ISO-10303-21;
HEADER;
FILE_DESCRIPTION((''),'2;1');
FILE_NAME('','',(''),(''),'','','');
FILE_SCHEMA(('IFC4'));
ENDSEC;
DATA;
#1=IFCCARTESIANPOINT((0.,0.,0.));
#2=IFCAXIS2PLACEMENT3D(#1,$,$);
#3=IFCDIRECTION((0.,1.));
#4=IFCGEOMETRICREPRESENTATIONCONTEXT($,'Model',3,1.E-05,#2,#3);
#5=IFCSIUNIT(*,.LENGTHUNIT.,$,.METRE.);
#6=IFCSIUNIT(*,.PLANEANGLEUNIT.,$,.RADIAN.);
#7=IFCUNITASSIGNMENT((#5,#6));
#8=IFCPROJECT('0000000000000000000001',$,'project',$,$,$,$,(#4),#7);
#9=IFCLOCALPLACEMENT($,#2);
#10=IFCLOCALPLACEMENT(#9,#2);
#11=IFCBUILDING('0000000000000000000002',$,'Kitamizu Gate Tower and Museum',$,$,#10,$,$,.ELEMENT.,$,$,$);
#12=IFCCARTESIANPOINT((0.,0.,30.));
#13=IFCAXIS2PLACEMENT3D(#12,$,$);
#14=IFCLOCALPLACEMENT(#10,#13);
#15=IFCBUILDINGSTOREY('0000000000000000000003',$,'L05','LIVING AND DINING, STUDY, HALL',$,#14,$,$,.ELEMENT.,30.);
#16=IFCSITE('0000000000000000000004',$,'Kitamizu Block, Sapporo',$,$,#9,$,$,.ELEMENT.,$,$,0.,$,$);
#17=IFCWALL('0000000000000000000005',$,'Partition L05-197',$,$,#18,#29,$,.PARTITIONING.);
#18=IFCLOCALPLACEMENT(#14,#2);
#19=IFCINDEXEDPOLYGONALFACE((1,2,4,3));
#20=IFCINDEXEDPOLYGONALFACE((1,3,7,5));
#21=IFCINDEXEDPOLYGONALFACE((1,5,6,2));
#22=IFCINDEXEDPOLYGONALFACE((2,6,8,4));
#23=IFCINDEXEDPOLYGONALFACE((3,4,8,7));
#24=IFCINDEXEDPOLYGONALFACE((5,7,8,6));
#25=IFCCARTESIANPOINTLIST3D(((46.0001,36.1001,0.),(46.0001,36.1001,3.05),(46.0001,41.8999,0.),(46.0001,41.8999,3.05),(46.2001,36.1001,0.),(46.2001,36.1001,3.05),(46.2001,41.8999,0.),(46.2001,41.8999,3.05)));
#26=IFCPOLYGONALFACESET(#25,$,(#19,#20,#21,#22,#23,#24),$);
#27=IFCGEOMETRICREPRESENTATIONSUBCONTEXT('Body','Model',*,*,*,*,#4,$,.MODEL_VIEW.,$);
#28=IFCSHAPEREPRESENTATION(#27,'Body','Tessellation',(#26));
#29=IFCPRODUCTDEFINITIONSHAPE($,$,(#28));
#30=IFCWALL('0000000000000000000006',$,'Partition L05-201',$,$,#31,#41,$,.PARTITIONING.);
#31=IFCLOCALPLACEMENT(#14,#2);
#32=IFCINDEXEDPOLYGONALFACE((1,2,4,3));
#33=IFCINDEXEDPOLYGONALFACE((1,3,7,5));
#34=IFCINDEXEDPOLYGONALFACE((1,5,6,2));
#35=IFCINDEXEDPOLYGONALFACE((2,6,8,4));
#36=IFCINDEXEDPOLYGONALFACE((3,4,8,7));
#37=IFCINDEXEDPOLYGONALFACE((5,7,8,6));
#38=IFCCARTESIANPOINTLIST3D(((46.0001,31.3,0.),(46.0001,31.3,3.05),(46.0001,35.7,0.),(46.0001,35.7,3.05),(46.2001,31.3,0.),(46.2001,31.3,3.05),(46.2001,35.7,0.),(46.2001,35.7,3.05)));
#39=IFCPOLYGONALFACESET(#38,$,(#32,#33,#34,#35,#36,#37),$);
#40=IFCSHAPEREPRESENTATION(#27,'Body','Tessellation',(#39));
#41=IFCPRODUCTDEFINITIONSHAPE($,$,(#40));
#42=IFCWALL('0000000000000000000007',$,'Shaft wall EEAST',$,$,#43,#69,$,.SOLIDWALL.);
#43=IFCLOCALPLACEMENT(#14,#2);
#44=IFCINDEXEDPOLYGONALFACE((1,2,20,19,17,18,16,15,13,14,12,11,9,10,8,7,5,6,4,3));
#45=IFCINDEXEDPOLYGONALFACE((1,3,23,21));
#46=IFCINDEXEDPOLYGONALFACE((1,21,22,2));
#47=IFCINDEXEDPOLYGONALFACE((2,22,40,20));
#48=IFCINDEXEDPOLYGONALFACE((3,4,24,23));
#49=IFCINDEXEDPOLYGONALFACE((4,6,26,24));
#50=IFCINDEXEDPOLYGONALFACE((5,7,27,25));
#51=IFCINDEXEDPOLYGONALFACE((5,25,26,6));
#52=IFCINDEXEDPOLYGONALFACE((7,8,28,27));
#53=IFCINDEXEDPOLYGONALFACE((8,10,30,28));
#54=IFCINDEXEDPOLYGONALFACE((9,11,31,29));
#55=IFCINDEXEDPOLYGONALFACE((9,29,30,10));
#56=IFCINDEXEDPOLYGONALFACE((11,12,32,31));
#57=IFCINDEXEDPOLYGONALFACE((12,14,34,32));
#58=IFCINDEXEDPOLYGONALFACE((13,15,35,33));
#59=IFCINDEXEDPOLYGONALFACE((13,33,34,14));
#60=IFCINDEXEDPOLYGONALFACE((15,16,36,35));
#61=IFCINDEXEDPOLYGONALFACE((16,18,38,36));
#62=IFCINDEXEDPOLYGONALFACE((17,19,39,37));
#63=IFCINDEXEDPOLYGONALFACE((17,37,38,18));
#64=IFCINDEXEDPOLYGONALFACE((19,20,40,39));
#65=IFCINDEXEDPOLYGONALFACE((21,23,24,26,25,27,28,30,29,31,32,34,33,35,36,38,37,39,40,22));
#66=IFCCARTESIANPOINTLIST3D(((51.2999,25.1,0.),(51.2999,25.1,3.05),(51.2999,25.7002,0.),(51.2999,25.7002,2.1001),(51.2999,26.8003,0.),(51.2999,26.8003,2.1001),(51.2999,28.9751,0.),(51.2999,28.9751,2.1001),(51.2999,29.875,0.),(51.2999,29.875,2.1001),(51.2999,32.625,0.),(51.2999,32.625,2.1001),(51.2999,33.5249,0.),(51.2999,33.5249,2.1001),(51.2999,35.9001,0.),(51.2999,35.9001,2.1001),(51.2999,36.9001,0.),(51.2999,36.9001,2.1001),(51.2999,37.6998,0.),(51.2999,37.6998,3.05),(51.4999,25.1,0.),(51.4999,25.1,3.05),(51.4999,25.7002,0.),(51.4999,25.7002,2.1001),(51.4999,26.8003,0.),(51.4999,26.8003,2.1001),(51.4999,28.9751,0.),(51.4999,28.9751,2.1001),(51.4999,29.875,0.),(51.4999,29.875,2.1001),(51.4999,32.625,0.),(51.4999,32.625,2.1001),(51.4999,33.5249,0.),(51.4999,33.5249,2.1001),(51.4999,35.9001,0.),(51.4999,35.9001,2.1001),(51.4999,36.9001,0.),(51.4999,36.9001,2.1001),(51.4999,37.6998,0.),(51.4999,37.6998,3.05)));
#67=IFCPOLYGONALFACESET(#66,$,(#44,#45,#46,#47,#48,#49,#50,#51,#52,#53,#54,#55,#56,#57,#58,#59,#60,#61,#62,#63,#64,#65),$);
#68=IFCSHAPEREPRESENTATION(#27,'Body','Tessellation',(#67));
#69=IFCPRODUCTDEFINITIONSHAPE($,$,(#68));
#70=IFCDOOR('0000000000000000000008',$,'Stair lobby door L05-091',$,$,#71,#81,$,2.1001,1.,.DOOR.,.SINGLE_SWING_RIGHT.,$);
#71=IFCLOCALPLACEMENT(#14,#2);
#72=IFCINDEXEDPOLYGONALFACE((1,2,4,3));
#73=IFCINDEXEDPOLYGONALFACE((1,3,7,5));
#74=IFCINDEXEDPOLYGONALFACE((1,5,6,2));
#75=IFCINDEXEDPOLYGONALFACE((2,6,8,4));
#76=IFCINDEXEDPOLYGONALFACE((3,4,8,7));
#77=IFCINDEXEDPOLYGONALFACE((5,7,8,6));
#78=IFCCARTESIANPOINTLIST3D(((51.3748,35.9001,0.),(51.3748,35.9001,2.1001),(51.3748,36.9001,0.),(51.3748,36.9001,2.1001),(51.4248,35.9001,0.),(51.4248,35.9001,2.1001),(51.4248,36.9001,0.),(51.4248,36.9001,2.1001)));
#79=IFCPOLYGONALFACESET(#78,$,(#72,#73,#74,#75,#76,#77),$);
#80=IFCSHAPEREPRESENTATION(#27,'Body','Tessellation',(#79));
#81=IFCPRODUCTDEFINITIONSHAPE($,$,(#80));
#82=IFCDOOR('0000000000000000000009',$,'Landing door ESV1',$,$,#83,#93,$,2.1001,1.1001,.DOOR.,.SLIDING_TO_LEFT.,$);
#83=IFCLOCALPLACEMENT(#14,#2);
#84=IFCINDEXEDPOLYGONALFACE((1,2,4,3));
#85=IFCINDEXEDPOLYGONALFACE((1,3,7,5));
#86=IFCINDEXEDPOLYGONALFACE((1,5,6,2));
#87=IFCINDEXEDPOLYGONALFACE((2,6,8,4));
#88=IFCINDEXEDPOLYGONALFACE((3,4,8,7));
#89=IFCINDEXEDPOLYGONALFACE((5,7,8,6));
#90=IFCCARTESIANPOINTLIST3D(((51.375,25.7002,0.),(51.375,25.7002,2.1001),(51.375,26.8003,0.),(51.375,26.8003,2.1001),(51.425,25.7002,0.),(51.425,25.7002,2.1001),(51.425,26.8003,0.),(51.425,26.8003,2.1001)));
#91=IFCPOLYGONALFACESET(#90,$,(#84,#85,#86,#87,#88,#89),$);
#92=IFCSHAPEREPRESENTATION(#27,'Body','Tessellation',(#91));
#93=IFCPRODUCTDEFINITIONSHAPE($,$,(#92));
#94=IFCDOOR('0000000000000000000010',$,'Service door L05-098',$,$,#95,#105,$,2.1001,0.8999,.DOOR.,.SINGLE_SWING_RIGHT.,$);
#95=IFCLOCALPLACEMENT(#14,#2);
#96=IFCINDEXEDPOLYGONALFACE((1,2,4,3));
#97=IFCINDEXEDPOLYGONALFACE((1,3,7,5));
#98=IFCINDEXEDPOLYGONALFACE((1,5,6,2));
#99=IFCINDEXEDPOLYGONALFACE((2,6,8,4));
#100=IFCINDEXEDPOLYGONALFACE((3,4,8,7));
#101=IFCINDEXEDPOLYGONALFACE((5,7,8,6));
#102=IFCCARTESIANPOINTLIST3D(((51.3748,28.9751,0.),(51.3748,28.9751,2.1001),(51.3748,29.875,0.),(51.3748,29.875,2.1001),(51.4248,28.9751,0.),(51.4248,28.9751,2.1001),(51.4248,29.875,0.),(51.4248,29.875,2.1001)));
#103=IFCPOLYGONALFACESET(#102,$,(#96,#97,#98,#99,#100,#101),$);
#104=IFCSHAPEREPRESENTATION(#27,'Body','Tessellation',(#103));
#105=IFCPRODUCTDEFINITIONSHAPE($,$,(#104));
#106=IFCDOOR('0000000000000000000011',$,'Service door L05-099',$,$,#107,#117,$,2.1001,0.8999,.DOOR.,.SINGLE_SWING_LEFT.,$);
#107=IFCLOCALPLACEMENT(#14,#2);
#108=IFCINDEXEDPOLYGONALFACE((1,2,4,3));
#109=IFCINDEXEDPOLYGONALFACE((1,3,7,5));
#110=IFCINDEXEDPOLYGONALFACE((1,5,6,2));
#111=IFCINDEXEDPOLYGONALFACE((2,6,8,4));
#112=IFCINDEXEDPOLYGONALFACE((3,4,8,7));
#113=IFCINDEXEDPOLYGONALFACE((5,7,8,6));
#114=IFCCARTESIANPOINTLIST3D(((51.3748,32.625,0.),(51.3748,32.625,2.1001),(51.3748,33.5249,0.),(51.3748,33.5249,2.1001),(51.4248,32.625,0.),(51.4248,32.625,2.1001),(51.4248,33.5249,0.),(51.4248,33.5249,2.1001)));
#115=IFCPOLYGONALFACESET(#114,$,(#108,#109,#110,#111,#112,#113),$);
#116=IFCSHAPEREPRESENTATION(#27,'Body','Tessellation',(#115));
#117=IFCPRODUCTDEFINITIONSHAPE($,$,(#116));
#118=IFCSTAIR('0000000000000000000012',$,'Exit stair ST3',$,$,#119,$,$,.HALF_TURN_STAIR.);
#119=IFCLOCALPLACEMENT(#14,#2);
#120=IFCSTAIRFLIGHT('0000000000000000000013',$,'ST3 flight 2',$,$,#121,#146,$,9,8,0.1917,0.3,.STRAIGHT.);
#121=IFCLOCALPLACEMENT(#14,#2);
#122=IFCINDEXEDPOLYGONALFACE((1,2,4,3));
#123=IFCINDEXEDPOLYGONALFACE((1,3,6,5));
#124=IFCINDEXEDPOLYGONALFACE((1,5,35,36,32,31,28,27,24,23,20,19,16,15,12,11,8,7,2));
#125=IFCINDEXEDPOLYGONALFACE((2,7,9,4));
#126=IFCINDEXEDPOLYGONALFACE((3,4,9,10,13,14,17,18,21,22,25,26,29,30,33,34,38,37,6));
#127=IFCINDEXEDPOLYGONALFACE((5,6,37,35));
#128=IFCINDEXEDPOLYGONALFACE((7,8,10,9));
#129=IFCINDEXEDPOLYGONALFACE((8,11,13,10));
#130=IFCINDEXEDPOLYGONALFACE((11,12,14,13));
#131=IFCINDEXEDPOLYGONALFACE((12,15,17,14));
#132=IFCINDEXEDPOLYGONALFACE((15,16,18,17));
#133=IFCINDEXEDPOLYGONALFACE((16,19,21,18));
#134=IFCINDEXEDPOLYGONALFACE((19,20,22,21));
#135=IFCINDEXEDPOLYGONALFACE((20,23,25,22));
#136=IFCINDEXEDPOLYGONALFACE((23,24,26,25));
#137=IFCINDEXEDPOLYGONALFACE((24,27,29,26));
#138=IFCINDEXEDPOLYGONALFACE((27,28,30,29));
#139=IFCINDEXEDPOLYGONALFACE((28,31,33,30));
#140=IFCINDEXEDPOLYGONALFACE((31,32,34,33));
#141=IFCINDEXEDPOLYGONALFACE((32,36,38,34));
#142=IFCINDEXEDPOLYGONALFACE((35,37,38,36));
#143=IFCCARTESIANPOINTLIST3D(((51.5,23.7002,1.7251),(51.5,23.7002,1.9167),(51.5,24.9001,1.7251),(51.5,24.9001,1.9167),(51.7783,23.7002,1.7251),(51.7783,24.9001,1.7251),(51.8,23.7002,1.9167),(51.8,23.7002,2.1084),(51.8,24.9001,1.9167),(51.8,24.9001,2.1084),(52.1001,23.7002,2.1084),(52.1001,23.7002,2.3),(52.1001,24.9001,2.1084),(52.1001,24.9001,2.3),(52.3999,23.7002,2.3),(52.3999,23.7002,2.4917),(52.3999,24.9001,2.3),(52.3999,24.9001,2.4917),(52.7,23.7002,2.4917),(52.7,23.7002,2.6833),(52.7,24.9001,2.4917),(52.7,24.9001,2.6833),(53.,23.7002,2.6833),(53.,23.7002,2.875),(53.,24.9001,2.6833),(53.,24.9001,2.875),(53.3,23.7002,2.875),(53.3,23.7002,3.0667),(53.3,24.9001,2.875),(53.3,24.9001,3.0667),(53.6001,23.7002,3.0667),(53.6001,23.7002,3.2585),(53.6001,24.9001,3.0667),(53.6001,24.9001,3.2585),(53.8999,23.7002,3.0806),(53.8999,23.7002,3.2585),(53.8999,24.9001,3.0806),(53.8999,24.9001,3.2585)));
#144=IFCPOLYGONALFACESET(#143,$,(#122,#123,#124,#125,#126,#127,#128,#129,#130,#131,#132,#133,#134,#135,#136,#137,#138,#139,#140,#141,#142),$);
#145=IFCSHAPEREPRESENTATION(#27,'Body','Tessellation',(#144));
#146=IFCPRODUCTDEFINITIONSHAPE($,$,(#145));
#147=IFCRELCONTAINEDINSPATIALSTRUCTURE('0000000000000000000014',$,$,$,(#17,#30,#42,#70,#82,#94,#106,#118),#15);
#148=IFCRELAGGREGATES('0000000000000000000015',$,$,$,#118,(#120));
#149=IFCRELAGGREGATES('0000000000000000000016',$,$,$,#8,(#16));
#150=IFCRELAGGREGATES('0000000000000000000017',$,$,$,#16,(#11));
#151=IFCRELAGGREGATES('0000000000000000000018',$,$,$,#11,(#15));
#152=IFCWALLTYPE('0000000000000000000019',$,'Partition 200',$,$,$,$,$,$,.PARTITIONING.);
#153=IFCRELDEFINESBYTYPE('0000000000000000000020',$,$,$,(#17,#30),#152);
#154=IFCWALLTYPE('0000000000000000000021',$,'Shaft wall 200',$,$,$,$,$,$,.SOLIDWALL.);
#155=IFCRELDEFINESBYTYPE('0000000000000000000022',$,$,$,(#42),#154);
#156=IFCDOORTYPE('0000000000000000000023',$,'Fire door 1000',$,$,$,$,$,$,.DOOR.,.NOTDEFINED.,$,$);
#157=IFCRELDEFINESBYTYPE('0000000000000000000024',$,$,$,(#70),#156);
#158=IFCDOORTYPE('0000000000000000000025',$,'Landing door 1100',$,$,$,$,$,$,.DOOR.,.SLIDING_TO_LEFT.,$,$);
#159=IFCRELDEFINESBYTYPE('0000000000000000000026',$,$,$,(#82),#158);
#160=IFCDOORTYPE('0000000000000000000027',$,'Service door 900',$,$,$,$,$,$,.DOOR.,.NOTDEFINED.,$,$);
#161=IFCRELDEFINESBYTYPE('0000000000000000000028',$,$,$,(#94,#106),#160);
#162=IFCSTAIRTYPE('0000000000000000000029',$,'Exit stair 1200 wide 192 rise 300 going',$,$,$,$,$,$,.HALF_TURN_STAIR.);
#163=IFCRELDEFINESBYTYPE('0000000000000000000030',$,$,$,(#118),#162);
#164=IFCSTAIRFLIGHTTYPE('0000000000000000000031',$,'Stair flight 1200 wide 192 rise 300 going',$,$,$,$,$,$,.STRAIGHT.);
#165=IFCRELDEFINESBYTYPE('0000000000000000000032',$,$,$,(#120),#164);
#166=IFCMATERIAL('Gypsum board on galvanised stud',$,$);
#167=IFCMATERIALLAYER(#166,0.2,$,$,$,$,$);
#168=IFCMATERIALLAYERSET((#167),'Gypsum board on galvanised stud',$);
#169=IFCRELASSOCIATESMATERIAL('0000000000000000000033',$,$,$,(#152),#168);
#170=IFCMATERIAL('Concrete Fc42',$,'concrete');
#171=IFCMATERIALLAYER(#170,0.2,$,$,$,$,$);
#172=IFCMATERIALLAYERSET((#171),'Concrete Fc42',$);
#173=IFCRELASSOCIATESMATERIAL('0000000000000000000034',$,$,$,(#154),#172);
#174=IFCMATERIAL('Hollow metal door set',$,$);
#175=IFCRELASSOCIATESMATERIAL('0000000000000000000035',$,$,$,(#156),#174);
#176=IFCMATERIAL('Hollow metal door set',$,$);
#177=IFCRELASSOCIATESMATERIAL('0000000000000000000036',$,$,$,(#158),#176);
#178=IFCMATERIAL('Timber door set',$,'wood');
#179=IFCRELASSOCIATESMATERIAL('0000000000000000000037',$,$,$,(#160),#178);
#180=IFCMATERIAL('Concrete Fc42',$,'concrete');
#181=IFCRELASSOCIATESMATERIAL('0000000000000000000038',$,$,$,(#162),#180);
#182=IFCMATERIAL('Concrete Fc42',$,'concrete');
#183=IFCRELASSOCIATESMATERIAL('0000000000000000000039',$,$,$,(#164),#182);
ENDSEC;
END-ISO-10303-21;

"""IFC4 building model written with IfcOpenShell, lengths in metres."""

from ifc_helpers import new_model, si_unit, direction, frame, frame_2d, origin, place, context, subcontext, project, spatial, polyline, rectangle, outline, extrude, material, layer, layer_set, type_object, element, fill, aggregate, save


model = new_model("IFC4")

# Units and contexts
model_context = context("Model", 3, precision=1e-05, world=origin(), true_north=direction((0.0, 1.0)))
body_context = subcontext(model_context, "Body", "Model", "MODEL_VIEW")
ifc_project = project(units=[si_unit("LENGTHUNIT", "METRE"), si_unit("PLANEANGLEUNIT", "RADIAN")], contexts=[model_context])

# Site, building, storey
site_placement = place(None, origin())
site = spatial("IfcSite", under=ifc_project, at=site_placement, Name="Kitamizu Block, Sapporo", CompositionType="ELEMENT", RefElevation=0.0)
building_placement = place(site_placement, origin())
building = spatial("IfcBuilding", under=site, at=building_placement, Name="Kitamizu Gate Tower and Museum", CompositionType="ELEMENT")
storey_placement = place(building_placement, frame((0.0, 0.0, 30.0)))
storey = spatial("IfcBuildingStorey", under=building, at=storey_placement, Name="L05", Description="LIVING AND DINING, STUDY, HALL", CompositionType="ELEMENT", Elevation=30.0)

# Walls
ifc_material_1 = material(Name="Gypsum board on galvanised stud")
ifc_layer_1 = layer(ifc_material_1, 0.2)
ifc_layer_set_1 = layer_set([ifc_layer_1], Name="Gypsum board on galvanised stud")
wall_type_1 = type_object("IfcWallType", Name="Partition 200", PredefinedType="PARTITIONING", material=ifc_layer_set_1)
wall_1_placement = place(storey_placement, frame((46.1001, 36.1001, 0.0), z_axis=(0.0, 0.0, 1.0), x_axis=(0.0, 1.0, 0.0)))
element("IfcWall", 1, at=wall_1_placement, inside=storey, type_object=wall_type_1, Name="Partition L05-197", PredefinedType="PARTITIONING", context=body_context, shape_type="SweptSolid", body=[
    extrude(rectangle(XDim=5.7998, YDim=0.2, at=frame_2d((2.8999, 0.0))), origin(), (0.0, 0.0, 1.0), 3.05),
])
wall_2_placement = place(storey_placement, frame((46.1001, 31.3, 0.0), z_axis=(0.0, 0.0, 1.0), x_axis=(0.0, 1.0, 0.0)))
element("IfcWall", 2, at=wall_2_placement, inside=storey, type_object=wall_type_1, Name="Partition L05-201", PredefinedType="PARTITIONING", context=body_context, shape_type="SweptSolid", body=[
    extrude(rectangle(XDim=4.3999, YDim=0.2, at=frame_2d((2.2, 0.0))), origin(), (0.0, 0.0, 1.0), 3.05),
])

# Wall, openings, doors
ifc_material_2 = material(Name="Concrete Fc42", Category="concrete")
ifc_layer_2 = layer(ifc_material_2, 0.2)
ifc_layer_set_2 = layer_set([ifc_layer_2], Name="Concrete Fc42")
wall_type_2 = type_object("IfcWallType", Name="Shaft wall 200", PredefinedType="SOLIDWALL", material=ifc_layer_set_2)
wall_3_placement = place(storey_placement, frame((51.3999, 25.1001, 0.0), z_axis=(0.0, 0.0, 1.0), x_axis=(0.0, 1.0, 0.0)))
wall_3 = element("IfcWall", 3, at=wall_3_placement, inside=storey, type_object=wall_type_2, Name="Shaft wall EEAST", PredefinedType="SOLIDWALL", context=body_context, shape_type="SweptSolid", body=[
    extrude(rectangle(XDim=12.5999, YDim=0.2, at=frame_2d((6.2998, 0.0))), origin(), (0.0, 0.0, 1.0), 3.05),
])
opening_1_placement = place(wall_3_placement, frame((0.6001, 0.0, 0.0)))
opening_1 = element("IfcOpeningElement", 4, at=opening_1_placement, cuts=wall_3, PredefinedType="OPENING", context=body_context, shape_type="SweptSolid", body=[
    extrude(rectangle(XDim=1.1001, YDim=2.1001, at=frame_2d((0.55, 1.05))), frame((0.0, 0.1099, 0.0), z_axis=(0.0, -1.0, 0.0), x_axis=(1.0, 0.0, 0.0)), (0.0, 0.0, 1.0), 0.22),
])
opening_2_placement = place(wall_3_placement, frame((10.8, 0.0, 0.0)))
opening_2 = element("IfcOpeningElement", 5, at=opening_2_placement, cuts=wall_3, PredefinedType="OPENING", context=body_context, shape_type="SweptSolid", body=[
    extrude(rectangle(XDim=1.0, YDim=2.1001, at=frame_2d((0.5, 1.05))), frame((0.0, 0.1099, 0.0), z_axis=(0.0, -1.0, 0.0), x_axis=(1.0, 0.0, 0.0)), (0.0, 0.0, 1.0), 0.22),
])
opening_3_placement = place(wall_3_placement, frame((3.875, 0.0, 0.0)))
opening_3 = element("IfcOpeningElement", 6, at=opening_3_placement, cuts=wall_3, PredefinedType="OPENING", context=body_context, shape_type="SweptSolid", body=[
    extrude(rectangle(XDim=0.8999, YDim=2.1001, at=frame_2d((0.45, 1.05))), frame((0.0, 0.1099, 0.0), z_axis=(0.0, -1.0, 0.0), x_axis=(1.0, 0.0, 0.0)), (0.0, 0.0, 1.0), 0.22),
])
opening_4_placement = place(wall_3_placement, frame((7.5249, 0.0, 0.0)))
opening_4 = element("IfcOpeningElement", 7, at=opening_4_placement, cuts=wall_3, PredefinedType="OPENING", context=body_context, shape_type="SweptSolid", body=[
    extrude(rectangle(XDim=0.8999, YDim=2.1001, at=frame_2d((0.45, 1.05))), frame((0.0, 0.1099, 0.0), z_axis=(0.0, -1.0, 0.0), x_axis=(1.0, 0.0, 0.0)), (0.0, 0.0, 1.0), 0.22),
])
ifc_material_3 = material(Name="Hollow metal door set")
door_type_1 = type_object("IfcDoorType", Name="Fire door 1000", OperationType="NOTDEFINED", PredefinedType="DOOR", material=ifc_material_3)
door_1_placement = place(opening_2_placement, frame((1.0, 0.0, 0.0), x_axis=(-1.0, 0.0, 0.0)))
door_1 = element("IfcDoor", 8, at=door_1_placement, inside=storey, type_object=door_type_1, Name="Stair lobby door L05-091", OperationType="SINGLE_SWING_RIGHT", OverallHeight=2.1001, OverallWidth=1.0, PredefinedType="DOOR", context=body_context, shape_type="SweptSolid", body=[
    extrude(rectangle(XDim=1.0, YDim=2.1001, at=frame_2d((0.5, 1.05))), frame((0.0, 0.0249, 0.0), z_axis=(0.0, -1.0, 0.0), x_axis=(1.0, 0.0, 0.0)), (0.0, 0.0, 1.0), 0.05),
])
fill(opening_2, door_1)
ifc_material_4 = material(Name="Hollow metal door set")
door_type_2 = type_object("IfcDoorType", Name="Landing door 1100", OperationType="SLIDING_TO_LEFT", PredefinedType="DOOR", material=ifc_material_4)
door_2_placement = place(opening_1_placement, origin())
door_2 = element("IfcDoor", 9, at=door_2_placement, inside=storey, type_object=door_type_2, Name="Landing door ESV1", OperationType="SLIDING_TO_LEFT", OverallHeight=2.1001, OverallWidth=1.1001, PredefinedType="DOOR", context=body_context, shape_type="SweptSolid", body=[
    extrude(rectangle(XDim=1.1001, YDim=2.1001, at=frame_2d((0.55, 1.05))), frame((0.0, 0.0249, 0.0), z_axis=(0.0, -1.0, 0.0), x_axis=(1.0, 0.0, 0.0)), (0.0, 0.0, 1.0), 0.05),
])
fill(opening_1, door_2)
ifc_material_5 = material(Name="Timber door set", Category="wood")
door_type_3 = type_object("IfcDoorType", Name="Service door 900", OperationType="NOTDEFINED", PredefinedType="DOOR", material=ifc_material_5)
door_3_placement = place(opening_3_placement, frame((0.8999, 0.0, 0.0), x_axis=(-1.0, 0.0, 0.0)))
door_3 = element("IfcDoor", 10, at=door_3_placement, inside=storey, type_object=door_type_3, Name="Service door L05-098", OperationType="SINGLE_SWING_RIGHT", OverallHeight=2.1001, OverallWidth=0.8999, PredefinedType="DOOR", context=body_context, shape_type="SweptSolid", body=[
    extrude(rectangle(XDim=0.8999, YDim=2.1001, at=frame_2d((0.45, 1.05))), frame((0.0, 0.0249, 0.0), z_axis=(0.0, -1.0, 0.0), x_axis=(1.0, 0.0, 0.0)), (0.0, 0.0, 1.0), 0.05),
])
fill(opening_3, door_3)
door_4_placement = place(opening_4_placement, frame((0.8999, 0.0, 0.0), x_axis=(-1.0, 0.0, 0.0)))
door_4 = element("IfcDoor", 11, at=door_4_placement, inside=storey, type_object=door_type_3, Name="Service door L05-099", OperationType="SINGLE_SWING_LEFT", OverallHeight=2.1001, OverallWidth=0.8999, PredefinedType="DOOR", context=body_context, shape_type="SweptSolid", body=[
    extrude(rectangle(XDim=0.8999, YDim=2.1001, at=frame_2d((0.45, 1.05))), frame((0.0, 0.0249, 0.0), z_axis=(0.0, -1.0, 0.0), x_axis=(1.0, 0.0, 0.0)), (0.0, 0.0, 1.0), 0.05),
])
fill(opening_4, door_4)

# Stair, stair flight
ifc_material_6 = material(Name="Concrete Fc42", Category="concrete")
stair_type = type_object("IfcStairType", Name="Exit stair 1200 wide 192 rise 300 going", PredefinedType="HALF_TURN_STAIR", material=ifc_material_6)
stair_placement = place(storey_placement, origin())
stair = element("IfcStair", 12, at=stair_placement, inside=storey, type_object=stair_type, Name="Exit stair ST3", PredefinedType="HALF_TURN_STAIR")
ifc_material_7 = material(Name="Concrete Fc42", Category="concrete")
stair_flight_type = type_object("IfcStairFlightType", Name="Stair flight 1200 wide 192 rise 300 going", PredefinedType="STRAIGHT", material=ifc_material_7)
stair_flight_placement = place(storey_placement, frame((51.5, 24.3, 1.7251), z_axis=(0.0, 0.0, 1.0), x_axis=(1.0, 0.0, 0.0)))
stair_flight = element("IfcStairFlight", 13, at=stair_flight_placement, type_object=stair_flight_type, Name="ST3 flight 2", NumberOfRisers=9, NumberOfTreads=8, PredefinedType="STRAIGHT", RiserHeight=0.1917, TreadLength=0.3, context=body_context, shape_type="SweptSolid", body=[
    extrude(outline(polyline([(0.0, 0.0), (0.0, 0.1917), (0.3, 0.1917), (0.3, 0.3833), (0.6001, 0.3833), (0.6001, 0.575), (0.8999, 0.575), (0.8999, 0.7666), (1.2, 0.7666), (1.2, 0.9583), (1.5, 0.9583), (1.5, 1.1499), (1.8, 1.1499), (1.8, 1.3416), (2.1001, 1.3416), (2.1001, 1.5334), (2.3999, 1.5334), (2.3999, 1.7251), (2.3999, 1.3555), (0.2783, 0.0), (0.0, 0.0)])), frame((0.0, 0.6001, 0.0), z_axis=(0.0, -1.0, 0.0), x_axis=(1.0, 0.0, 0.0)), (0.0, 0.0, 1.0), 1.2),
])
aggregate(stair, [stair_flight])

save(model, "model.ifc")
